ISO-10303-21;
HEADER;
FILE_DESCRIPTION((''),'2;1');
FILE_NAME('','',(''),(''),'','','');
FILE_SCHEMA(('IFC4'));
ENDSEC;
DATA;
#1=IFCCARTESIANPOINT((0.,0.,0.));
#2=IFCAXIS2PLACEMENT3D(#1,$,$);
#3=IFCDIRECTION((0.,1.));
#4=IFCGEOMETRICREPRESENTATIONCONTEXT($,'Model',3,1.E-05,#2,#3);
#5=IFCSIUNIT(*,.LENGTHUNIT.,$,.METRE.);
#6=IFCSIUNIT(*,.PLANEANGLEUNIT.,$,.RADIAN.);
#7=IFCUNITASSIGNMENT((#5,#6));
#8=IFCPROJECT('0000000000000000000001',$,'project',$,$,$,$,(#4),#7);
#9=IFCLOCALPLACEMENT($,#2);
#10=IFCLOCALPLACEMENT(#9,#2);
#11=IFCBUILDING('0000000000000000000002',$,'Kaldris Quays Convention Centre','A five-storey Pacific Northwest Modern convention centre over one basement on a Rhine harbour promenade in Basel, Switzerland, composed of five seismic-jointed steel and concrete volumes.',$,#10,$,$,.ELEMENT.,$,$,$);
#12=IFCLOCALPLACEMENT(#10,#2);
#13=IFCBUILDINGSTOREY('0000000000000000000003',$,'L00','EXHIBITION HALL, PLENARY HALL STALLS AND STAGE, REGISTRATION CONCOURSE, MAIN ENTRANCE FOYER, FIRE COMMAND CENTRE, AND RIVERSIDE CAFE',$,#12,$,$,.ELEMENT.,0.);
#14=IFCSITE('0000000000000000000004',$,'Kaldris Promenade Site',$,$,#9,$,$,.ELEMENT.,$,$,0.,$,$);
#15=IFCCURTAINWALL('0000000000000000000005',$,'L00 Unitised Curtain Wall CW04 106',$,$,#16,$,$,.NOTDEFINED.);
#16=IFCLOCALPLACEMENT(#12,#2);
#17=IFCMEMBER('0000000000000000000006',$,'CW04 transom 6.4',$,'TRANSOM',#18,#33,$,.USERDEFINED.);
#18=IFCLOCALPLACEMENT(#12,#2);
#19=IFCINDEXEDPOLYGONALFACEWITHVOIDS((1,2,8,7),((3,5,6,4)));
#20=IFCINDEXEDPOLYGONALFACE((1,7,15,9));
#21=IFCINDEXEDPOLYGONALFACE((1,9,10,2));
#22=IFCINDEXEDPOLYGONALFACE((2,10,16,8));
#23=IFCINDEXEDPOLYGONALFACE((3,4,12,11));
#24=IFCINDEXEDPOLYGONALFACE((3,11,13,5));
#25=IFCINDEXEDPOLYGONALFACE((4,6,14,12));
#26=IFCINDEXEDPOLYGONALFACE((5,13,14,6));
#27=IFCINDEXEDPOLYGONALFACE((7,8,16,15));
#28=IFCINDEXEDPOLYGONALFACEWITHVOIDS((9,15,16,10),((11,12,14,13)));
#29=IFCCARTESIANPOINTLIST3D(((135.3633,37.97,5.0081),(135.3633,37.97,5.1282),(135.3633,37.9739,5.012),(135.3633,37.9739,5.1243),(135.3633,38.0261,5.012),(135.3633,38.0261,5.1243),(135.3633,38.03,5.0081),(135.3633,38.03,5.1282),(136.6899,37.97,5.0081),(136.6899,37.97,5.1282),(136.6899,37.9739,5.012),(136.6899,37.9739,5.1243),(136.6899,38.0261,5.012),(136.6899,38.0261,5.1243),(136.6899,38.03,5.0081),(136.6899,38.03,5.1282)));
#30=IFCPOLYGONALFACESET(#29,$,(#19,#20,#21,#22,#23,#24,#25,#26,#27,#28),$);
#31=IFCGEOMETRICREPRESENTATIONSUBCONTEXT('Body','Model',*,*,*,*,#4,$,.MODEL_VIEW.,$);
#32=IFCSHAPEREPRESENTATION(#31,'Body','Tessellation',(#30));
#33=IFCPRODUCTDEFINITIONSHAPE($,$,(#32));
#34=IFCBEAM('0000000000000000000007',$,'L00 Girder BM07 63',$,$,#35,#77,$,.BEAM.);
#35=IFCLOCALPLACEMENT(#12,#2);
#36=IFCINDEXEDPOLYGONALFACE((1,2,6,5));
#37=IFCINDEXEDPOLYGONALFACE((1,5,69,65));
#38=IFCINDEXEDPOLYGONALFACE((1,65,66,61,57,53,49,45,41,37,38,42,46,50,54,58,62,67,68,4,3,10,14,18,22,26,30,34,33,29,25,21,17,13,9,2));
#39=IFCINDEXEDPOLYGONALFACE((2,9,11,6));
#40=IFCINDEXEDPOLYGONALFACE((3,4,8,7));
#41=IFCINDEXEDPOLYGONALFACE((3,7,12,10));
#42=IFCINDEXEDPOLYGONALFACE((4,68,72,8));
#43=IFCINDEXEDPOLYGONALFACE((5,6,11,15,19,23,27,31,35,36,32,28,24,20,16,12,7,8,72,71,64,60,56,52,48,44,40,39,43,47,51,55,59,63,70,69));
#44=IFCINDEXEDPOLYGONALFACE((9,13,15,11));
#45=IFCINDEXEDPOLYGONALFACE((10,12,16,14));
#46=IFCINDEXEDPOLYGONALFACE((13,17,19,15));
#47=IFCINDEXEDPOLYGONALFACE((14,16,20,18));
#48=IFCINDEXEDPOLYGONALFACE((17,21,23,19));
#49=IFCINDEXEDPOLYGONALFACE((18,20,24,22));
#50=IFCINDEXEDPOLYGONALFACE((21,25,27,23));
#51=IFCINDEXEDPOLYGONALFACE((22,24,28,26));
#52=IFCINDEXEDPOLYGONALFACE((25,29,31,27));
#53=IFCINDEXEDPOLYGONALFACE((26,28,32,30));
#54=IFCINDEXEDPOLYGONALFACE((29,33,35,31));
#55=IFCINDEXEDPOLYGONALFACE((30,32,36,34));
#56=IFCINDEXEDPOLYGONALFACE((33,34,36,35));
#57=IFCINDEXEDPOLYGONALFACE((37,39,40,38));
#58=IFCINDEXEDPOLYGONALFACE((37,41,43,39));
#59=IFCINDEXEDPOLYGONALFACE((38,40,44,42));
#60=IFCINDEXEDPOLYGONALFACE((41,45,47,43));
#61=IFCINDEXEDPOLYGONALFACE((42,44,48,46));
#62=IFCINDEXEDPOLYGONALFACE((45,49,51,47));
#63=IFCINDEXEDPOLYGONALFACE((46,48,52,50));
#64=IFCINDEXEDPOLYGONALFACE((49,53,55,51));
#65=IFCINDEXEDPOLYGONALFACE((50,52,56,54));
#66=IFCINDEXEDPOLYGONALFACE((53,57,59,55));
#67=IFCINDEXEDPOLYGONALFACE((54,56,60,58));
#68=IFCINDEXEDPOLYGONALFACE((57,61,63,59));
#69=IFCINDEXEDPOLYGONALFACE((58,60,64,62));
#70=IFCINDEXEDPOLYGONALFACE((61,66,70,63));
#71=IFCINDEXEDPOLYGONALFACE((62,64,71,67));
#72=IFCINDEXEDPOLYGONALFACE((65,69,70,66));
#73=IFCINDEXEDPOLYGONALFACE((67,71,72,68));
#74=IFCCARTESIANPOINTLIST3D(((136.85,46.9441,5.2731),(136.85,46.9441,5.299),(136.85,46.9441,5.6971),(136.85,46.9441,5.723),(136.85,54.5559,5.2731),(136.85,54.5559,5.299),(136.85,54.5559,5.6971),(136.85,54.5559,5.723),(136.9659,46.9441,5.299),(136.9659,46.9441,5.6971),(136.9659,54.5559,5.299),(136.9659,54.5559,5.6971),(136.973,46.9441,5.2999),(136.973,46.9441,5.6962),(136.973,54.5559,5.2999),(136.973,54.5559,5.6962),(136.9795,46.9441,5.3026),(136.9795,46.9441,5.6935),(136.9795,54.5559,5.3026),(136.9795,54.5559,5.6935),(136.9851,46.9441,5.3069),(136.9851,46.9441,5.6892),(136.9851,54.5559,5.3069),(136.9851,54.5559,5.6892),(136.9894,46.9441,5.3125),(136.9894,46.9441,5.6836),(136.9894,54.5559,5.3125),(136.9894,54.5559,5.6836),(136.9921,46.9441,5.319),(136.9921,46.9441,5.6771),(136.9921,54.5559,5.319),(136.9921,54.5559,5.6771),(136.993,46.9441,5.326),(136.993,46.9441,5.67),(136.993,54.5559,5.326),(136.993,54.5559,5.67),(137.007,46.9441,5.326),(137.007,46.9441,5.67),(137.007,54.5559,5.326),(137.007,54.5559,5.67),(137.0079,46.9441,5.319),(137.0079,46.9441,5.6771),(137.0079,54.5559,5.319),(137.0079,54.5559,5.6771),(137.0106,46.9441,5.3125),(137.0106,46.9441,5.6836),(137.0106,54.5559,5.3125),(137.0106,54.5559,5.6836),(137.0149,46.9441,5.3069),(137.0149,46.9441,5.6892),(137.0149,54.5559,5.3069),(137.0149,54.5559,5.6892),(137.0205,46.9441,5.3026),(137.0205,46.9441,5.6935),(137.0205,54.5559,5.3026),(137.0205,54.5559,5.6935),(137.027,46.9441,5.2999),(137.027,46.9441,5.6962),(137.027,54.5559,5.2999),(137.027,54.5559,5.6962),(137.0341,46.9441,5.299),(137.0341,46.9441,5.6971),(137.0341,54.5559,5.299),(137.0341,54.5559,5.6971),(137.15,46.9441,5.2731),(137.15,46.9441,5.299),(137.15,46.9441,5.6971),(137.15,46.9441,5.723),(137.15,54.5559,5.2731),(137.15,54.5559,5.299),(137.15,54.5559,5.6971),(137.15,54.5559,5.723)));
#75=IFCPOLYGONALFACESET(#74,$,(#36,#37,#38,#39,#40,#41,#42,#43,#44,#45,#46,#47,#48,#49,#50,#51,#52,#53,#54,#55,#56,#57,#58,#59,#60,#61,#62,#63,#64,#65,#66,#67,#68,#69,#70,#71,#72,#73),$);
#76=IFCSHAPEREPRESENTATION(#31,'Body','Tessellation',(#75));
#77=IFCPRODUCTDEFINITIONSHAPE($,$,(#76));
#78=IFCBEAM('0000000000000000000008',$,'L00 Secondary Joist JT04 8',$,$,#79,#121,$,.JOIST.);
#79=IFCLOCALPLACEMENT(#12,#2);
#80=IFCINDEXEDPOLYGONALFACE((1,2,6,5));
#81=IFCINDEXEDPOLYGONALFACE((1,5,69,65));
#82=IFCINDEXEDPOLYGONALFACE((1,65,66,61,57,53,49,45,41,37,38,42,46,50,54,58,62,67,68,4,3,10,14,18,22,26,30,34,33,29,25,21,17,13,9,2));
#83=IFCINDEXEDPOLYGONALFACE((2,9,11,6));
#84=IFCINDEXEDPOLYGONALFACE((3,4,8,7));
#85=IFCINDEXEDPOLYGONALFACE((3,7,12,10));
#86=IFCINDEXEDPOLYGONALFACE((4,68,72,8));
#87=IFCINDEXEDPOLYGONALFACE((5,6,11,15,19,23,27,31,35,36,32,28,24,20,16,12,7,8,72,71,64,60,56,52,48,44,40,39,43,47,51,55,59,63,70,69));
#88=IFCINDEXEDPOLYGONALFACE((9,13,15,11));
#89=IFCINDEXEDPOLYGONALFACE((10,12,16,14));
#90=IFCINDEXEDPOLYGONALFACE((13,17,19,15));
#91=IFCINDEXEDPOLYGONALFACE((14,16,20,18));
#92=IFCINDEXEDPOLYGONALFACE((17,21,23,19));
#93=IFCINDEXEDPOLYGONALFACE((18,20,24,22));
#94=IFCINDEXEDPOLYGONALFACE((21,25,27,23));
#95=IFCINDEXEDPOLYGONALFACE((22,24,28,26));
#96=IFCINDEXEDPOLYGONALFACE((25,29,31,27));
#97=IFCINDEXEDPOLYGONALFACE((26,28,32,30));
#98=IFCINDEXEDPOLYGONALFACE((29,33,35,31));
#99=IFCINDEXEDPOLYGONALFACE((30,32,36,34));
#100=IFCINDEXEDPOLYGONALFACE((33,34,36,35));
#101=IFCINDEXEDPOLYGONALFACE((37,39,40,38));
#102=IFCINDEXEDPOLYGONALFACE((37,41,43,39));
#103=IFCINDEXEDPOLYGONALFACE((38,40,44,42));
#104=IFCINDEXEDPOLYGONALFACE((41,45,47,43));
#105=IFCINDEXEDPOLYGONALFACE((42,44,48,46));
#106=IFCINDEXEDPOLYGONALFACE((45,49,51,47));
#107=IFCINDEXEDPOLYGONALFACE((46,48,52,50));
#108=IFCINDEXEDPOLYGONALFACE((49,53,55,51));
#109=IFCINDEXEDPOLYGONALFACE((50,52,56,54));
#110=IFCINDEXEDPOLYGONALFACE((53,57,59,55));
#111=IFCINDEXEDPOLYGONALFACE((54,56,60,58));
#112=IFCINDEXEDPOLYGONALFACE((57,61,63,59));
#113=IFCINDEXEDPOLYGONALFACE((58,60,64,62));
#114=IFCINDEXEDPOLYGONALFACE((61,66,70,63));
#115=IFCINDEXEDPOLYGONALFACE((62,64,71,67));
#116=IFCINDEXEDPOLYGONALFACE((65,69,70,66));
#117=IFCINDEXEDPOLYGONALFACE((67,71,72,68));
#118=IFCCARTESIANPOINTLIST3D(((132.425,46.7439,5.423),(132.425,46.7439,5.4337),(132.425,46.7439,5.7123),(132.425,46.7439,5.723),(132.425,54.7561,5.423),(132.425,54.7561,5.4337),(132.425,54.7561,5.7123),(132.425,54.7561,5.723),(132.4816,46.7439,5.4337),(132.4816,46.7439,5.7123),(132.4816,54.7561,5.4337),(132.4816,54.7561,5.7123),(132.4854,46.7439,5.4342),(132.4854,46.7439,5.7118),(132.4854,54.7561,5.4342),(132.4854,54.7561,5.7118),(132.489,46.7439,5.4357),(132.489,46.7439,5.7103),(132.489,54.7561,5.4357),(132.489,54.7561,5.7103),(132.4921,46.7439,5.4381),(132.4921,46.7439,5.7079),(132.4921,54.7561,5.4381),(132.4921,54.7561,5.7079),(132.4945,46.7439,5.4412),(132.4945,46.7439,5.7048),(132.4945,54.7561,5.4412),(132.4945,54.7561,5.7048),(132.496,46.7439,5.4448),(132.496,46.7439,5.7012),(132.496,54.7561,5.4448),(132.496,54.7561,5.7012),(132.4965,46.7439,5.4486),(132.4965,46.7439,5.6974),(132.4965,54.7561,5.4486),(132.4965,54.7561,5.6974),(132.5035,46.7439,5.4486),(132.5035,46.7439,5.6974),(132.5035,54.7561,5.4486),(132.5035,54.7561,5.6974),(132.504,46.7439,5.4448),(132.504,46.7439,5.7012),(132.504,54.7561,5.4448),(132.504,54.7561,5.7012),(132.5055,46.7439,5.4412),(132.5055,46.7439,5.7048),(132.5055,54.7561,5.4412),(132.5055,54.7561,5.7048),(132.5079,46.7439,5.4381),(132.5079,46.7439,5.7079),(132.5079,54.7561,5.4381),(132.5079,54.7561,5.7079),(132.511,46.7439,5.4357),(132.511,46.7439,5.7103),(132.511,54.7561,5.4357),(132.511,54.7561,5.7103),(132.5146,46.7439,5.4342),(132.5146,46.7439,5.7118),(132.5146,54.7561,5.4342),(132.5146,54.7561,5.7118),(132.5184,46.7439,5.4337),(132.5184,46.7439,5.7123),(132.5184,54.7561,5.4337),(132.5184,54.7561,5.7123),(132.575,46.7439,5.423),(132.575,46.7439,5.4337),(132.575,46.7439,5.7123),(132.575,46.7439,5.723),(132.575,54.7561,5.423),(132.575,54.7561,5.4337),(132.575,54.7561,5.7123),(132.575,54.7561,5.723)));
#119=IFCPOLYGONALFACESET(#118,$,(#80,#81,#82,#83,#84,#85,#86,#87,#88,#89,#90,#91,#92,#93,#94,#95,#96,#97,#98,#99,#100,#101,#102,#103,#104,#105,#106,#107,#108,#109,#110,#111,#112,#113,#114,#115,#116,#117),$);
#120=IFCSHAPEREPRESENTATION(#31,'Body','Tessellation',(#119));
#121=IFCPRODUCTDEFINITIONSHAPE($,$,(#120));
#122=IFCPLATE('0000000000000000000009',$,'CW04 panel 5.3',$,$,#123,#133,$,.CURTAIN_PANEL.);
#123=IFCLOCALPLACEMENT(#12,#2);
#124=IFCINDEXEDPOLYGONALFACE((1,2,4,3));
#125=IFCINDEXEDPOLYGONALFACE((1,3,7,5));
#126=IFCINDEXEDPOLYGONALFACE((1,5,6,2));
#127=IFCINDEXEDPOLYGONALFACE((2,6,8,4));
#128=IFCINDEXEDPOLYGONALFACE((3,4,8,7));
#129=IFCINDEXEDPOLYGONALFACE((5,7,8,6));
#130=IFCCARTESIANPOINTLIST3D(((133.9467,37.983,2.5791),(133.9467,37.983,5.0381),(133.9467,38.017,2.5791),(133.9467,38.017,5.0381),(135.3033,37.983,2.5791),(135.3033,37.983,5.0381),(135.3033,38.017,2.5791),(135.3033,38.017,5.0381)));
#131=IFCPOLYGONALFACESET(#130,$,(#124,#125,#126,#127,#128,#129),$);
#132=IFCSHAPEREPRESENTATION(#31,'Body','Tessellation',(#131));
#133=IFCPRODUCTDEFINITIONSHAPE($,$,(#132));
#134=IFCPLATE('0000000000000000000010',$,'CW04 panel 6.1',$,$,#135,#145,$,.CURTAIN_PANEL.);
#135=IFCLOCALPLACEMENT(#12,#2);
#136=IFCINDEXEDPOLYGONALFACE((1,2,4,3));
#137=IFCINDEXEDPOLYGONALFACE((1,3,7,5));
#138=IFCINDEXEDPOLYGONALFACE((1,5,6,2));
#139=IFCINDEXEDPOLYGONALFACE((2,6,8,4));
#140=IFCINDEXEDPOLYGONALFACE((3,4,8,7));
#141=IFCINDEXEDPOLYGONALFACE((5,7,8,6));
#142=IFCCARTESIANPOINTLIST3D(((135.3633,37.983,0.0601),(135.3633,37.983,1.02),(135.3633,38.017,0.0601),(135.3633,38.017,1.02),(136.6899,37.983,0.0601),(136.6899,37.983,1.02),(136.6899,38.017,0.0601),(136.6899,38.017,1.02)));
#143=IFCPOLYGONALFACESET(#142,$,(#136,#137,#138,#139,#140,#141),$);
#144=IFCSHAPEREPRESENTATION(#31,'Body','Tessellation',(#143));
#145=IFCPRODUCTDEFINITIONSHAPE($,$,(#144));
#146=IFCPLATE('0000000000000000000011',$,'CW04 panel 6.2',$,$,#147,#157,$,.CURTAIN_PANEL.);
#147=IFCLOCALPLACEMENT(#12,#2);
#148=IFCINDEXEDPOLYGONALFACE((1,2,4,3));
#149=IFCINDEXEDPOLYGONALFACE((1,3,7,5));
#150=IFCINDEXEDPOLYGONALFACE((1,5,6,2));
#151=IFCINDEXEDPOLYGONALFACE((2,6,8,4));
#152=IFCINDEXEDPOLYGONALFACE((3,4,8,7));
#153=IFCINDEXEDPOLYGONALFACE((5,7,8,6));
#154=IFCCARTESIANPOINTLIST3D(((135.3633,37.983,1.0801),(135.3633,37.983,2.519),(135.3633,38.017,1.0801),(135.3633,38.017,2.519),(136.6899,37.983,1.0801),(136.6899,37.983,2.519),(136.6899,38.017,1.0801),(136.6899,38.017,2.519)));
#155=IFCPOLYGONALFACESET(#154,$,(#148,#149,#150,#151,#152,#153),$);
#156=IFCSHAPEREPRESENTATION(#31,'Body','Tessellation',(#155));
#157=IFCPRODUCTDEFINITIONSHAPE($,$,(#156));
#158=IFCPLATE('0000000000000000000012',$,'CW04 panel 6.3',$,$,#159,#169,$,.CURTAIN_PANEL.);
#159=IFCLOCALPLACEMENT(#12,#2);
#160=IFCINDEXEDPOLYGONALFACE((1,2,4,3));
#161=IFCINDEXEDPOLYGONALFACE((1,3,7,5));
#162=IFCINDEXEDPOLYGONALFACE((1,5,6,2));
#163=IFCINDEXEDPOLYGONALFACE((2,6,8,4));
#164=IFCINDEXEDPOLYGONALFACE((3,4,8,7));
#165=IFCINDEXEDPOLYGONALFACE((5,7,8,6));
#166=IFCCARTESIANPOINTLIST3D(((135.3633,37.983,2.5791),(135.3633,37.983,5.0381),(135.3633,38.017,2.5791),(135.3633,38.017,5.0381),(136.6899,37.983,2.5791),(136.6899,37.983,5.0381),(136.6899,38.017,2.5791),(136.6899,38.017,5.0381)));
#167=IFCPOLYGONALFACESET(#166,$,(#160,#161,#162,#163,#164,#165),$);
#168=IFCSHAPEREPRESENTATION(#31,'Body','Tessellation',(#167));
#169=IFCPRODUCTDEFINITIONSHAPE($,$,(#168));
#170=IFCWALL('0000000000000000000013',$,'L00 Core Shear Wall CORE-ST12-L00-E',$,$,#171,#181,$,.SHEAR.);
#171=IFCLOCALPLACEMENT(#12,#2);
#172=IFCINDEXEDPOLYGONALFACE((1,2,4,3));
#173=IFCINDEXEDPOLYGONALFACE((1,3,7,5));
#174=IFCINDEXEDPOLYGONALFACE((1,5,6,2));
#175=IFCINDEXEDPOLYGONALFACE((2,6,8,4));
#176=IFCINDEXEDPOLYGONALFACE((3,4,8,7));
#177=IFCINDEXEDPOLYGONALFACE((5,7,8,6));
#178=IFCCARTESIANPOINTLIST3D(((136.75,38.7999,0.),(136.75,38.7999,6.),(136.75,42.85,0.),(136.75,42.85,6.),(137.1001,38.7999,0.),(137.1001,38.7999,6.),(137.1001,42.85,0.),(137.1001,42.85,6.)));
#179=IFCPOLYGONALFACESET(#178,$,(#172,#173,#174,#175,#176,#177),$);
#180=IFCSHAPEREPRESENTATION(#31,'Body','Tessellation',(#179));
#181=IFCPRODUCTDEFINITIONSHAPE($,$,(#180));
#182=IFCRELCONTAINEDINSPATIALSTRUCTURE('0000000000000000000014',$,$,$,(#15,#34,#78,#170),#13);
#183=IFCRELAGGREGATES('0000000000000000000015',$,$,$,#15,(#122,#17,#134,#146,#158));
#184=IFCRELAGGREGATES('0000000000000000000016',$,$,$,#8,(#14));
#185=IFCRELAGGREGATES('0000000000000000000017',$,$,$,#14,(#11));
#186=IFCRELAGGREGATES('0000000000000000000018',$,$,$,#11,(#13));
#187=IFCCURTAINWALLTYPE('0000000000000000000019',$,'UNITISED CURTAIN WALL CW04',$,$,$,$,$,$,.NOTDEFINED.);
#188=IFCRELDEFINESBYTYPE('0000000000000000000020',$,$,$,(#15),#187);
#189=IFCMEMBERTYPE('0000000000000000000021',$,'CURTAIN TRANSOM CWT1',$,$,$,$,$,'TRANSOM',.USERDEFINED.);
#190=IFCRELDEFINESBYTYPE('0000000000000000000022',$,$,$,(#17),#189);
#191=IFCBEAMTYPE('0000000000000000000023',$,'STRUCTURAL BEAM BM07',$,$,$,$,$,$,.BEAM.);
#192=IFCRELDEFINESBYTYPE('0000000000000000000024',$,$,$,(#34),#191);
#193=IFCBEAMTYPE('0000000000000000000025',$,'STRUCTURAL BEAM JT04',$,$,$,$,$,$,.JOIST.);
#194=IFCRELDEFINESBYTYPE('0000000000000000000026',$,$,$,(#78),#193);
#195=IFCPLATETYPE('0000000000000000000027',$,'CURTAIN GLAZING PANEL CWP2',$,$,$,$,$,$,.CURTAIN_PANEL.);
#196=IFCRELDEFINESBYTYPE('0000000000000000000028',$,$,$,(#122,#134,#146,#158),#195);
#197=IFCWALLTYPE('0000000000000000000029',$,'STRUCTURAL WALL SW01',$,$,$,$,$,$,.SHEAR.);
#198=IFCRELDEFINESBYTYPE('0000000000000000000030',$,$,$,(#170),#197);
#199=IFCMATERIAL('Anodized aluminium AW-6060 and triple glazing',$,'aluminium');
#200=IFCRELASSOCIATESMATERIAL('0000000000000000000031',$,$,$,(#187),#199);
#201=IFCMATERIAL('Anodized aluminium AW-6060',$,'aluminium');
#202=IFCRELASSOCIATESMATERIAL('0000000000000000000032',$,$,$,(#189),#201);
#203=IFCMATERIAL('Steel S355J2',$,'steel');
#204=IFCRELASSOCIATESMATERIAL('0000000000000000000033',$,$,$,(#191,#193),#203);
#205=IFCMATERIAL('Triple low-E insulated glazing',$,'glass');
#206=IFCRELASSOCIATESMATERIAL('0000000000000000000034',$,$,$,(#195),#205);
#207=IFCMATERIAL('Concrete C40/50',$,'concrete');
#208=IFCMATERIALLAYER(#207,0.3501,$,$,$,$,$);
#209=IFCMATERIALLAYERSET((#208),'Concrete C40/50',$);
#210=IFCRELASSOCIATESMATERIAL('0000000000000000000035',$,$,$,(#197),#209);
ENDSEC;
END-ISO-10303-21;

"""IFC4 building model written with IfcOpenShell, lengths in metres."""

from ifc_helpers import new_model, si_unit, direction, frame, frame_2d, origin, origin_2d, place, context, subcontext, project, spatial, rectangle, hollow_rectangle, i_section, extrude, material, layer, layer_set, material_profile, profile_set, type_object, element, aggregate, save


model = new_model("IFC4")

# Units and contexts
model_context = context("Model", 3, precision=1e-05, world=origin(), true_north=direction((0.0, 1.0)))
body_context = subcontext(model_context, "Body", "Model", "MODEL_VIEW")
ifc_project = project(units=[si_unit("LENGTHUNIT", "METRE"), si_unit("PLANEANGLEUNIT", "RADIAN")], contexts=[model_context])

# Site, building, storey
site_placement = place(None, origin())
site = spatial("IfcSite", under=ifc_project, at=site_placement, Name="Kaldris Promenade Site", CompositionType="ELEMENT", RefElevation=0.0)
building_placement = place(site_placement, origin())
building = spatial("IfcBuilding", under=site, at=building_placement, Name="Kaldris Quays Convention Centre", Description="A five-storey Pacific Northwest Modern convention centre over one basement on a Rhine harbour promenade in Basel, Switzerland, composed of five seismic-jointed steel and concrete volumes.", CompositionType="ELEMENT")
storey_placement = place(building_placement, origin())
storey = spatial("IfcBuildingStorey", under=building, at=storey_placement, Name="L00", Description="EXHIBITION HALL, PLENARY HALL STALLS AND STAGE, REGISTRATION CONCOURSE, MAIN ENTRANCE FOYER, FIRE COMMAND CENTRE, AND RIVERSIDE CAFE", CompositionType="ELEMENT", Elevation=0.0)

# Shared definitions
ifc_material_1 = material(Name="Steel S355J2", Category="steel")

# Curtain wall, member
ifc_material_2 = material(Name="Anodized aluminium AW-6060 and triple glazing", Category="aluminium")
curtain_wall_type = type_object("IfcCurtainWallType", Name="UNITISED CURTAIN WALL CW04", PredefinedType="NOTDEFINED", material=ifc_material_2)
curtain_wall_placement = place(storey_placement, origin())
curtain_wall = element("IfcCurtainWall", 1, at=curtain_wall_placement, inside=storey, type_object=curtain_wall_type, Name="L00 Unitised Curtain Wall CW04 106", PredefinedType="NOTDEFINED")
ifc_material_3 = material(Name="Anodized aluminium AW-6060", Category="aluminium")
ifc_material_profile_1 = material_profile(ifc_material_3, hollow_rectangle(XDim=0.0601, YDim=0.1201, WallThickness=0.0039, at=origin_2d()), Name="RHS 120x60x4")
ifc_profile_set_1 = profile_set([ifc_material_profile_1], Name="Anodized aluminium AW-6060")
member_type_1 = type_object("IfcMemberType", Name="CURTAIN TRANSOM CWT1", ElementType="TRANSOM", PredefinedType="USERDEFINED", material=ifc_profile_set_1)
member_1_placement = place(storey_placement, frame((135.3633, 38.0, 5.0681), z_axis=(1.0, 0.0, 0.0), x_axis=(0.0, 1.0, 0.0)))
member_1 = element("IfcMember", 2, at=member_1_placement, type_object=member_type_1, Name="CW04 transom 6.4", ObjectType="TRANSOM", PredefinedType="USERDEFINED", context=body_context, shape_type="SweptSolid", body=[
    extrude(hollow_rectangle(XDim=0.0601, YDim=0.1201, WallThickness=0.0039, at=origin_2d()), origin(), (0.0, 0.0, 1.0), 1.3267),
])

# Beams
ifc_material_profile_2 = material_profile(ifc_material_1, i_section(OverallWidth=0.3, OverallDepth=0.45, WebThickness=0.0139, FlangeThickness=0.0259, FilletRadius=0.0271, at=origin_2d()), Name="HEB 450")
ifc_profile_set_2 = profile_set([ifc_material_profile_2], Name="Steel S355J2")
beam_type_1 = type_object("IfcBeamType", Name="STRUCTURAL BEAM BM07", PredefinedType="BEAM", material=ifc_profile_set_2)
beam_1_placement = place(storey_placement, frame((137.0, 46.9441, 5.498), z_axis=(0.0, 1.0, 0.0), x_axis=(-1.0, 0.0, 0.0)))
element("IfcBeam", 3, at=beam_1_placement, inside=storey, type_object=beam_type_1, Name="L00 Girder BM07 63", PredefinedType="BEAM", context=body_context, shape_type="SweptSolid", body=[
    extrude(i_section(OverallWidth=0.3, OverallDepth=0.45, WebThickness=0.0139, FlangeThickness=0.0259, FilletRadius=0.0271, at=origin_2d()), origin(), (0.0, 0.0, 1.0), 7.6118),
])
ifc_material_profile_3 = material_profile(ifc_material_1, i_section(OverallWidth=0.1499, OverallDepth=0.3, WebThickness=0.0071, FlangeThickness=0.0107, FilletRadius=0.0149, at=origin_2d()), Name="IPE 300")
ifc_profile_set_3 = profile_set([ifc_material_profile_3], Name="Steel S355J2")
beam_type_2 = type_object("IfcBeamType", Name="STRUCTURAL BEAM JT04", PredefinedType="JOIST", material=ifc_profile_set_3)
beam_2_placement = place(storey_placement, frame((132.5, 46.7439, 5.573), z_axis=(0.0, 1.0, 0.0), x_axis=(-1.0, 0.0, 0.0)))
element("IfcBeam", 4, at=beam_2_placement, inside=storey, type_object=beam_type_2, Name="L00 Secondary Joist JT04 8", PredefinedType="JOIST", context=body_context, shape_type="SweptSolid", body=[
    extrude(i_section(OverallWidth=0.1499, OverallDepth=0.3, WebThickness=0.0071, FlangeThickness=0.0107, FilletRadius=0.0149, at=origin_2d()), origin(), (0.0, 0.0, 1.0), 8.0122),
])

# Plates
ifc_material_4 = material(Name="Triple low-E insulated glazing", Category="glass")
plate_type = type_object("IfcPlateType", Name="CURTAIN GLAZING PANEL CWP2", PredefinedType="CURTAIN_PANEL", material=ifc_material_4)
plate_1_placement = place(storey_placement, frame((134.625, 38.0, 2.5791), z_axis=(0.0, 0.0, 1.0), x_axis=(1.0, 0.0, 0.0)))
plate_1 = element("IfcPlate", 5, at=plate_1_placement, type_object=plate_type, Name="CW04 panel 5.3", PredefinedType="CURTAIN_PANEL", context=body_context, shape_type="SweptSolid", body=[
    extrude(rectangle(XDim=1.3567, YDim=0.0339, at=origin_2d()), origin(), (0.0, 0.0, 1.0), 2.459),
])
plate_2_placement = place(storey_placement, frame((136.0266, 38.0, 0.0601), z_axis=(0.0, 0.0, 1.0), x_axis=(1.0, 0.0, 0.0)))
plate_2 = element("IfcPlate", 6, at=plate_2_placement, type_object=plate_type, Name="CW04 panel 6.1", PredefinedType="CURTAIN_PANEL", context=body_context, shape_type="SweptSolid", body=[
    extrude(rectangle(XDim=1.3267, YDim=0.0339, at=origin_2d()), origin(), (0.0, 0.0, 1.0), 0.96),
])
plate_3_placement = place(storey_placement, frame((136.0266, 38.0, 1.0801), z_axis=(0.0, 0.0, 1.0), x_axis=(1.0, 0.0, 0.0)))
plate_3 = element("IfcPlate", 7, at=plate_3_placement, type_object=plate_type, Name="CW04 panel 6.2", PredefinedType="CURTAIN_PANEL", context=body_context, shape_type="SweptSolid", body=[
    extrude(rectangle(XDim=1.3267, YDim=0.0339, at=origin_2d()), origin(), (0.0, 0.0, 1.0), 1.439),
])
plate_4_placement = place(storey_placement, frame((136.0266, 38.0, 2.5791), z_axis=(0.0, 0.0, 1.0), x_axis=(1.0, 0.0, 0.0)))
plate_4 = element("IfcPlate", 8, at=plate_4_placement, type_object=plate_type, Name="CW04 panel 6.3", PredefinedType="CURTAIN_PANEL", context=body_context, shape_type="SweptSolid", body=[
    extrude(rectangle(XDim=1.3267, YDim=0.0339, at=origin_2d()), origin(), (0.0, 0.0, 1.0), 2.459),
])
aggregate(curtain_wall, [plate_1, member_1, plate_2, plate_3, plate_4])

# Wall
ifc_material_5 = material(Name="Concrete C40/50", Category="concrete")
ifc_layer = layer(ifc_material_5, 0.3501)
ifc_layer_set = layer_set([ifc_layer], Name="Concrete C40/50")
wall_type = type_object("IfcWallType", Name="STRUCTURAL WALL SW01", PredefinedType="SHEAR", material=ifc_layer_set)
wall_placement = place(storey_placement, frame((136.925, 38.8, 0.0), z_axis=(0.0, 0.0, 1.0), x_axis=(0.0, 1.0, 0.0)))
element("IfcWall", 9, at=wall_placement, inside=storey, type_object=wall_type, Name="L00 Core Shear Wall CORE-ST12-L00-E", PredefinedType="SHEAR", context=body_context, shape_type="SweptSolid", body=[
    extrude(rectangle(XDim=4.05, YDim=0.3501, at=frame_2d((2.0249, 0.0))), origin(), (0.0, 0.0, 1.0), 6.0),
])

save(model, "model.ifc")
